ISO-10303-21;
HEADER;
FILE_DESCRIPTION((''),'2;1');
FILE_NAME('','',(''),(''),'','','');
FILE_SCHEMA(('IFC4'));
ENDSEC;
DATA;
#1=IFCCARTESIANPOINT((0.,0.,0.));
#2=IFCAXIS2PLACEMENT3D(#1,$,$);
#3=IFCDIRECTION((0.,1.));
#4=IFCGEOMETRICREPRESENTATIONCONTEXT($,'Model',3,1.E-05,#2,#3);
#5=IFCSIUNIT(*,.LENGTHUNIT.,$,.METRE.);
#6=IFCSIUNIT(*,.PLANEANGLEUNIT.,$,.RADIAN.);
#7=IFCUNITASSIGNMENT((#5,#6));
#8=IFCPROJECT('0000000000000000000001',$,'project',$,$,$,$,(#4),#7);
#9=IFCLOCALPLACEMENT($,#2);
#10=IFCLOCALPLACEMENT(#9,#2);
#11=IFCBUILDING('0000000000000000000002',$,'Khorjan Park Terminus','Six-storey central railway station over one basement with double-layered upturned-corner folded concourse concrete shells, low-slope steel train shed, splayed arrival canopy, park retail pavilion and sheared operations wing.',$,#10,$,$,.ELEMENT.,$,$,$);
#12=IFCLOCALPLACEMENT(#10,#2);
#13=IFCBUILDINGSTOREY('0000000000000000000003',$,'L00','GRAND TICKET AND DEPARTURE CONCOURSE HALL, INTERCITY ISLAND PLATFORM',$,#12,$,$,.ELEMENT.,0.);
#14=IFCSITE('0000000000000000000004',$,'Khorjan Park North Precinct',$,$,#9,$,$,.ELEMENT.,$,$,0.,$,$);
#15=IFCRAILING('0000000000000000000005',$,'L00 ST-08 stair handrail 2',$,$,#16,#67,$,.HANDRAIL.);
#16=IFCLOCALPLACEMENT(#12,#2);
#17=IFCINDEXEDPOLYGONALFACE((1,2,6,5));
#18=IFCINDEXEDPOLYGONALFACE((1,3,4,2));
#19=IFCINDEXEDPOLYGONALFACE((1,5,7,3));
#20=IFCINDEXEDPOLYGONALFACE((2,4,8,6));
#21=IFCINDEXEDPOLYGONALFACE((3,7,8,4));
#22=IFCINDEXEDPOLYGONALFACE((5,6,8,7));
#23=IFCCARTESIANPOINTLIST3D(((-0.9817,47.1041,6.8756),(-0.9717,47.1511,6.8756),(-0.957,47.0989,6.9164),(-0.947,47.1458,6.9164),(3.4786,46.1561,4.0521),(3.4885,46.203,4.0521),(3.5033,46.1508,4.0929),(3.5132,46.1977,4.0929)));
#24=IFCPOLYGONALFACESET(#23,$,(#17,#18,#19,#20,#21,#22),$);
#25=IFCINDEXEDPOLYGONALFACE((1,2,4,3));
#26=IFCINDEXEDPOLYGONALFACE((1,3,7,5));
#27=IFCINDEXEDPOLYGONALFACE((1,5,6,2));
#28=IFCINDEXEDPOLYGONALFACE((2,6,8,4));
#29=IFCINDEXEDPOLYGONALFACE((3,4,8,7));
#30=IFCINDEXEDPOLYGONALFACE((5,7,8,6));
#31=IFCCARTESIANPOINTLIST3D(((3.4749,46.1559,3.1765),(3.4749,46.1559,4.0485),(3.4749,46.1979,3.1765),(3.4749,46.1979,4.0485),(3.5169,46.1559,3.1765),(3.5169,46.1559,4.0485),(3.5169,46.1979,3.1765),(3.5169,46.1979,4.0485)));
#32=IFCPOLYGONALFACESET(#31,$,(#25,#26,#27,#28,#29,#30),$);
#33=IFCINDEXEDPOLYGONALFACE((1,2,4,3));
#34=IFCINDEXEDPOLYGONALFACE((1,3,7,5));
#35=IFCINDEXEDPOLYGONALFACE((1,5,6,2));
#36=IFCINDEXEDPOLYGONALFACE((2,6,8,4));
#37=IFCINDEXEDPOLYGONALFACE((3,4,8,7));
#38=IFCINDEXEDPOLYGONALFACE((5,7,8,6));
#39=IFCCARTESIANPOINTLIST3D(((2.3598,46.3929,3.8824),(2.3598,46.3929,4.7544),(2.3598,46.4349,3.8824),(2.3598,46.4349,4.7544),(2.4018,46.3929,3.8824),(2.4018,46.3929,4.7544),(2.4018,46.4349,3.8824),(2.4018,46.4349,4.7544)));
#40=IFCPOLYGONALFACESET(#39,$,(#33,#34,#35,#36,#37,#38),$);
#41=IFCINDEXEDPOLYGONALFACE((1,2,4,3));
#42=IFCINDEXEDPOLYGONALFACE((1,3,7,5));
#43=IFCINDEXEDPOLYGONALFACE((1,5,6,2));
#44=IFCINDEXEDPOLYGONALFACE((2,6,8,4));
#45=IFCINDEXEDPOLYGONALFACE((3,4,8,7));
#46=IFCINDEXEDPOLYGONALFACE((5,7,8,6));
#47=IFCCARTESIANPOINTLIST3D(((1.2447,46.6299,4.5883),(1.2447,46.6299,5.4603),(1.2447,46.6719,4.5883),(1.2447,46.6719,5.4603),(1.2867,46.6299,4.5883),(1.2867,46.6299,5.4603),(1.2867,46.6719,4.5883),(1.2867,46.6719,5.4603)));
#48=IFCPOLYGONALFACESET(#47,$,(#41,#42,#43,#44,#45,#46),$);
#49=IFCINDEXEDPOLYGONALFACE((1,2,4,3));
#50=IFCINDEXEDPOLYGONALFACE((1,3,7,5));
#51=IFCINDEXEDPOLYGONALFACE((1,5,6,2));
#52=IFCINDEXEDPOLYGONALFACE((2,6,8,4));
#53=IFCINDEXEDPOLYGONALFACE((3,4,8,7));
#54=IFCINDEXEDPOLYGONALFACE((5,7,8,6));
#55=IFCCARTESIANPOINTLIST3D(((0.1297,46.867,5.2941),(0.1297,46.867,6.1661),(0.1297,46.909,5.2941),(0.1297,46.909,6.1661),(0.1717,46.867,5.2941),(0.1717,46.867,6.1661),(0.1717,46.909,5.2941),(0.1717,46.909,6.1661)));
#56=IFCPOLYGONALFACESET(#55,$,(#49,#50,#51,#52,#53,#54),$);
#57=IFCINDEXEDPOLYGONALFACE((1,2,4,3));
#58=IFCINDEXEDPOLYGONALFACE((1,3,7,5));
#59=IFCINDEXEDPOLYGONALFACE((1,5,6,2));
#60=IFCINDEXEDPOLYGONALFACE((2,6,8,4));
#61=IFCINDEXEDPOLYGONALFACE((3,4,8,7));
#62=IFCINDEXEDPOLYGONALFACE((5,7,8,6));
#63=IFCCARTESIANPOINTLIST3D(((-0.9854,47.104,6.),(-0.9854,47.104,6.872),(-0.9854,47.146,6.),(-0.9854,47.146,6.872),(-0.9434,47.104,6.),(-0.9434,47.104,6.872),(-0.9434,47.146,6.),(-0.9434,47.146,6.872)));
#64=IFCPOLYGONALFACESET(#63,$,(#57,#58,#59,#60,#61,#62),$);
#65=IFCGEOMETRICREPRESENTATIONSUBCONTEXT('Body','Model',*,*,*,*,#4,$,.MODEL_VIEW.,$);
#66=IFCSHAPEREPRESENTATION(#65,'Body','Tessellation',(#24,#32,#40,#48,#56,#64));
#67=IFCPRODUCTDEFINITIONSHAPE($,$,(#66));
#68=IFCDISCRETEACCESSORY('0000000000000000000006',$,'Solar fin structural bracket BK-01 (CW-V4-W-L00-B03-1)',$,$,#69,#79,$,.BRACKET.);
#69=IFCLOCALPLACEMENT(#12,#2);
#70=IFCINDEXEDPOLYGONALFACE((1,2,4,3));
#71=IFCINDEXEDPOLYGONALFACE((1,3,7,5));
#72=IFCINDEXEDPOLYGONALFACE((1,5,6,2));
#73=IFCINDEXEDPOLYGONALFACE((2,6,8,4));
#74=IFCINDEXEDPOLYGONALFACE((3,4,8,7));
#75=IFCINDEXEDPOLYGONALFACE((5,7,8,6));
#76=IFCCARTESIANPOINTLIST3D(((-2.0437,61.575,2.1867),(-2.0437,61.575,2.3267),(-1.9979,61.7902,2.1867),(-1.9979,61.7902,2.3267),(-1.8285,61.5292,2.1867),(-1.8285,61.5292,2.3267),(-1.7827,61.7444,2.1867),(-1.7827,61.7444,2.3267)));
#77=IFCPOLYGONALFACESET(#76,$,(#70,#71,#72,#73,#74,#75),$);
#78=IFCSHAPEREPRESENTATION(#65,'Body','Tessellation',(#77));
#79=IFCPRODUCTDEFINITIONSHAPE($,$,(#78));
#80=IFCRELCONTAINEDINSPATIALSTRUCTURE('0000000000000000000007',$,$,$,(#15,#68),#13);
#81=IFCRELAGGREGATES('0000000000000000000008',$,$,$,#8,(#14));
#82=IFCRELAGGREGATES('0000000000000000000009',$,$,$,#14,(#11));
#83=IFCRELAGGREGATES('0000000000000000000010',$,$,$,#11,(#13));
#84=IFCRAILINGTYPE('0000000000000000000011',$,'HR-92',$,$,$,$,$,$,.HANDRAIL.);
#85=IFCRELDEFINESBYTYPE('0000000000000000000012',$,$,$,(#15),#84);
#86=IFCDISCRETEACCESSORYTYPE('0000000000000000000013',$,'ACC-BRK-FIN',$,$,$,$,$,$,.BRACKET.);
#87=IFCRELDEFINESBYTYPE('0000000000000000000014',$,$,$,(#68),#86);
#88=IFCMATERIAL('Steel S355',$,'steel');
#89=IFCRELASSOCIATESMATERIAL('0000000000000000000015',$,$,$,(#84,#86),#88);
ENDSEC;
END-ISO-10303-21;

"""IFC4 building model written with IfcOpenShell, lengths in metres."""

from ifc_helpers import new_model, si_unit, direction, frame, origin, origin_2d, place, context, subcontext, project, spatial, rectangle, extrude, material, type_object, element, save


model = new_model("IFC4")

# Units and contexts
model_context = context("Model", 3, precision=1e-05, world=origin(), true_north=direction((0.0, 1.0)))
body_context = subcontext(model_context, "Body", "Model", "MODEL_VIEW")
ifc_project = project(units=[si_unit("LENGTHUNIT", "METRE"), si_unit("PLANEANGLEUNIT", "RADIAN")], contexts=[model_context])

# Site, building, storey
site_placement = place(None, origin())
site = spatial("IfcSite", under=ifc_project, at=site_placement, Name="Khorjan Park North Precinct", CompositionType="ELEMENT", RefElevation=0.0)
building_placement = place(site_placement, origin())
building = spatial("IfcBuilding", under=site, at=building_placement, Name="Khorjan Park Terminus", Description="Six-storey central railway station over one basement with double-layered upturned-corner folded concourse concrete shells, low-slope steel train shed, splayed arrival canopy, park retail pavilion and sheared operations wing.", CompositionType="ELEMENT")
storey_placement = place(building_placement, origin())
storey = spatial("IfcBuildingStorey", under=building, at=storey_placement, Name="L00", Description="GRAND TICKET AND DEPARTURE CONCOURSE HALL, INTERCITY ISLAND PLATFORM", CompositionType="ELEMENT", Elevation=0.0)

# Shared definitions
ifc_material_1 = material(Name="Steel S355", Category="steel")

# Railing
railing_type_1 = type_object("IfcRailingType", Name="HR-92", PredefinedType="HANDRAIL", material=ifc_material_1)
railing_1_placement = place(storey_placement, frame((3.4959, 46.1769, 3.1765)))
element("IfcRailing", 1, at=railing_1_placement, inside=storey, type_object=railing_type_1, Name="L00 ST-08 stair handrail 2", PredefinedType="HANDRAIL", context=body_context, shape_type="SweptSolid", body=[
    extrude(rectangle(XDim=0.048, YDim=0.048, at=origin_2d()), frame((0.0, 0.0, 0.896), z_axis=(-0.831629, 0.176774, 0.526445), x_axis=(-0.207919, -0.978146, 0.0)), (0.0, 0.0, 1.0), 5.3633),
    extrude(rectangle(XDim=0.042, YDim=0.042, at=origin_2d()), origin(), (0.0, 0.0, 1.0), 0.872),
    extrude(rectangle(XDim=0.042, YDim=0.042, at=origin_2d()), frame((-1.1151, 0.237, 0.7059)), (0.0, 0.0, 1.0), 0.872),
    extrude(rectangle(XDim=0.042, YDim=0.042, at=origin_2d()), frame((-2.2302, 0.474, 1.4118)), (0.0, 0.0, 1.0), 0.872),
    extrude(rectangle(XDim=0.042, YDim=0.042, at=origin_2d()), frame((-3.3452, 0.7111, 2.1176)), (0.0, 0.0, 1.0), 0.872),
    extrude(rectangle(XDim=0.042, YDim=0.042, at=origin_2d()), frame((-4.4603, 0.9481, 2.8235)), (0.0, 0.0, 1.0), 0.872),
])

# Discrete accessory
discrete_accessory_type = type_object("IfcDiscreteAccessoryType", Name="ACC-BRK-FIN", PredefinedType="BRACKET", material=ifc_material_1)
discrete_accessory_placement = place(storey_placement, frame((-1.9132, 61.6597, 2.1867), z_axis=(0.0, 0.0, 1.0), x_axis=(-0.207917, -0.978147, 0.0)))
element("IfcDiscreteAccessory", 2, at=discrete_accessory_placement, inside=storey, type_object=discrete_accessory_type, Name="Solar fin structural bracket BK-01 (CW-V4-W-L00-B03-1)", PredefinedType="BRACKET", context=body_context, shape_type="SweptSolid", body=[
    extrude(rectangle(XDim=0.22, YDim=0.22, at=origin_2d()), origin(), (0.0, 0.0, 1.0), 0.14),
])

save(model, "model.ifc")
